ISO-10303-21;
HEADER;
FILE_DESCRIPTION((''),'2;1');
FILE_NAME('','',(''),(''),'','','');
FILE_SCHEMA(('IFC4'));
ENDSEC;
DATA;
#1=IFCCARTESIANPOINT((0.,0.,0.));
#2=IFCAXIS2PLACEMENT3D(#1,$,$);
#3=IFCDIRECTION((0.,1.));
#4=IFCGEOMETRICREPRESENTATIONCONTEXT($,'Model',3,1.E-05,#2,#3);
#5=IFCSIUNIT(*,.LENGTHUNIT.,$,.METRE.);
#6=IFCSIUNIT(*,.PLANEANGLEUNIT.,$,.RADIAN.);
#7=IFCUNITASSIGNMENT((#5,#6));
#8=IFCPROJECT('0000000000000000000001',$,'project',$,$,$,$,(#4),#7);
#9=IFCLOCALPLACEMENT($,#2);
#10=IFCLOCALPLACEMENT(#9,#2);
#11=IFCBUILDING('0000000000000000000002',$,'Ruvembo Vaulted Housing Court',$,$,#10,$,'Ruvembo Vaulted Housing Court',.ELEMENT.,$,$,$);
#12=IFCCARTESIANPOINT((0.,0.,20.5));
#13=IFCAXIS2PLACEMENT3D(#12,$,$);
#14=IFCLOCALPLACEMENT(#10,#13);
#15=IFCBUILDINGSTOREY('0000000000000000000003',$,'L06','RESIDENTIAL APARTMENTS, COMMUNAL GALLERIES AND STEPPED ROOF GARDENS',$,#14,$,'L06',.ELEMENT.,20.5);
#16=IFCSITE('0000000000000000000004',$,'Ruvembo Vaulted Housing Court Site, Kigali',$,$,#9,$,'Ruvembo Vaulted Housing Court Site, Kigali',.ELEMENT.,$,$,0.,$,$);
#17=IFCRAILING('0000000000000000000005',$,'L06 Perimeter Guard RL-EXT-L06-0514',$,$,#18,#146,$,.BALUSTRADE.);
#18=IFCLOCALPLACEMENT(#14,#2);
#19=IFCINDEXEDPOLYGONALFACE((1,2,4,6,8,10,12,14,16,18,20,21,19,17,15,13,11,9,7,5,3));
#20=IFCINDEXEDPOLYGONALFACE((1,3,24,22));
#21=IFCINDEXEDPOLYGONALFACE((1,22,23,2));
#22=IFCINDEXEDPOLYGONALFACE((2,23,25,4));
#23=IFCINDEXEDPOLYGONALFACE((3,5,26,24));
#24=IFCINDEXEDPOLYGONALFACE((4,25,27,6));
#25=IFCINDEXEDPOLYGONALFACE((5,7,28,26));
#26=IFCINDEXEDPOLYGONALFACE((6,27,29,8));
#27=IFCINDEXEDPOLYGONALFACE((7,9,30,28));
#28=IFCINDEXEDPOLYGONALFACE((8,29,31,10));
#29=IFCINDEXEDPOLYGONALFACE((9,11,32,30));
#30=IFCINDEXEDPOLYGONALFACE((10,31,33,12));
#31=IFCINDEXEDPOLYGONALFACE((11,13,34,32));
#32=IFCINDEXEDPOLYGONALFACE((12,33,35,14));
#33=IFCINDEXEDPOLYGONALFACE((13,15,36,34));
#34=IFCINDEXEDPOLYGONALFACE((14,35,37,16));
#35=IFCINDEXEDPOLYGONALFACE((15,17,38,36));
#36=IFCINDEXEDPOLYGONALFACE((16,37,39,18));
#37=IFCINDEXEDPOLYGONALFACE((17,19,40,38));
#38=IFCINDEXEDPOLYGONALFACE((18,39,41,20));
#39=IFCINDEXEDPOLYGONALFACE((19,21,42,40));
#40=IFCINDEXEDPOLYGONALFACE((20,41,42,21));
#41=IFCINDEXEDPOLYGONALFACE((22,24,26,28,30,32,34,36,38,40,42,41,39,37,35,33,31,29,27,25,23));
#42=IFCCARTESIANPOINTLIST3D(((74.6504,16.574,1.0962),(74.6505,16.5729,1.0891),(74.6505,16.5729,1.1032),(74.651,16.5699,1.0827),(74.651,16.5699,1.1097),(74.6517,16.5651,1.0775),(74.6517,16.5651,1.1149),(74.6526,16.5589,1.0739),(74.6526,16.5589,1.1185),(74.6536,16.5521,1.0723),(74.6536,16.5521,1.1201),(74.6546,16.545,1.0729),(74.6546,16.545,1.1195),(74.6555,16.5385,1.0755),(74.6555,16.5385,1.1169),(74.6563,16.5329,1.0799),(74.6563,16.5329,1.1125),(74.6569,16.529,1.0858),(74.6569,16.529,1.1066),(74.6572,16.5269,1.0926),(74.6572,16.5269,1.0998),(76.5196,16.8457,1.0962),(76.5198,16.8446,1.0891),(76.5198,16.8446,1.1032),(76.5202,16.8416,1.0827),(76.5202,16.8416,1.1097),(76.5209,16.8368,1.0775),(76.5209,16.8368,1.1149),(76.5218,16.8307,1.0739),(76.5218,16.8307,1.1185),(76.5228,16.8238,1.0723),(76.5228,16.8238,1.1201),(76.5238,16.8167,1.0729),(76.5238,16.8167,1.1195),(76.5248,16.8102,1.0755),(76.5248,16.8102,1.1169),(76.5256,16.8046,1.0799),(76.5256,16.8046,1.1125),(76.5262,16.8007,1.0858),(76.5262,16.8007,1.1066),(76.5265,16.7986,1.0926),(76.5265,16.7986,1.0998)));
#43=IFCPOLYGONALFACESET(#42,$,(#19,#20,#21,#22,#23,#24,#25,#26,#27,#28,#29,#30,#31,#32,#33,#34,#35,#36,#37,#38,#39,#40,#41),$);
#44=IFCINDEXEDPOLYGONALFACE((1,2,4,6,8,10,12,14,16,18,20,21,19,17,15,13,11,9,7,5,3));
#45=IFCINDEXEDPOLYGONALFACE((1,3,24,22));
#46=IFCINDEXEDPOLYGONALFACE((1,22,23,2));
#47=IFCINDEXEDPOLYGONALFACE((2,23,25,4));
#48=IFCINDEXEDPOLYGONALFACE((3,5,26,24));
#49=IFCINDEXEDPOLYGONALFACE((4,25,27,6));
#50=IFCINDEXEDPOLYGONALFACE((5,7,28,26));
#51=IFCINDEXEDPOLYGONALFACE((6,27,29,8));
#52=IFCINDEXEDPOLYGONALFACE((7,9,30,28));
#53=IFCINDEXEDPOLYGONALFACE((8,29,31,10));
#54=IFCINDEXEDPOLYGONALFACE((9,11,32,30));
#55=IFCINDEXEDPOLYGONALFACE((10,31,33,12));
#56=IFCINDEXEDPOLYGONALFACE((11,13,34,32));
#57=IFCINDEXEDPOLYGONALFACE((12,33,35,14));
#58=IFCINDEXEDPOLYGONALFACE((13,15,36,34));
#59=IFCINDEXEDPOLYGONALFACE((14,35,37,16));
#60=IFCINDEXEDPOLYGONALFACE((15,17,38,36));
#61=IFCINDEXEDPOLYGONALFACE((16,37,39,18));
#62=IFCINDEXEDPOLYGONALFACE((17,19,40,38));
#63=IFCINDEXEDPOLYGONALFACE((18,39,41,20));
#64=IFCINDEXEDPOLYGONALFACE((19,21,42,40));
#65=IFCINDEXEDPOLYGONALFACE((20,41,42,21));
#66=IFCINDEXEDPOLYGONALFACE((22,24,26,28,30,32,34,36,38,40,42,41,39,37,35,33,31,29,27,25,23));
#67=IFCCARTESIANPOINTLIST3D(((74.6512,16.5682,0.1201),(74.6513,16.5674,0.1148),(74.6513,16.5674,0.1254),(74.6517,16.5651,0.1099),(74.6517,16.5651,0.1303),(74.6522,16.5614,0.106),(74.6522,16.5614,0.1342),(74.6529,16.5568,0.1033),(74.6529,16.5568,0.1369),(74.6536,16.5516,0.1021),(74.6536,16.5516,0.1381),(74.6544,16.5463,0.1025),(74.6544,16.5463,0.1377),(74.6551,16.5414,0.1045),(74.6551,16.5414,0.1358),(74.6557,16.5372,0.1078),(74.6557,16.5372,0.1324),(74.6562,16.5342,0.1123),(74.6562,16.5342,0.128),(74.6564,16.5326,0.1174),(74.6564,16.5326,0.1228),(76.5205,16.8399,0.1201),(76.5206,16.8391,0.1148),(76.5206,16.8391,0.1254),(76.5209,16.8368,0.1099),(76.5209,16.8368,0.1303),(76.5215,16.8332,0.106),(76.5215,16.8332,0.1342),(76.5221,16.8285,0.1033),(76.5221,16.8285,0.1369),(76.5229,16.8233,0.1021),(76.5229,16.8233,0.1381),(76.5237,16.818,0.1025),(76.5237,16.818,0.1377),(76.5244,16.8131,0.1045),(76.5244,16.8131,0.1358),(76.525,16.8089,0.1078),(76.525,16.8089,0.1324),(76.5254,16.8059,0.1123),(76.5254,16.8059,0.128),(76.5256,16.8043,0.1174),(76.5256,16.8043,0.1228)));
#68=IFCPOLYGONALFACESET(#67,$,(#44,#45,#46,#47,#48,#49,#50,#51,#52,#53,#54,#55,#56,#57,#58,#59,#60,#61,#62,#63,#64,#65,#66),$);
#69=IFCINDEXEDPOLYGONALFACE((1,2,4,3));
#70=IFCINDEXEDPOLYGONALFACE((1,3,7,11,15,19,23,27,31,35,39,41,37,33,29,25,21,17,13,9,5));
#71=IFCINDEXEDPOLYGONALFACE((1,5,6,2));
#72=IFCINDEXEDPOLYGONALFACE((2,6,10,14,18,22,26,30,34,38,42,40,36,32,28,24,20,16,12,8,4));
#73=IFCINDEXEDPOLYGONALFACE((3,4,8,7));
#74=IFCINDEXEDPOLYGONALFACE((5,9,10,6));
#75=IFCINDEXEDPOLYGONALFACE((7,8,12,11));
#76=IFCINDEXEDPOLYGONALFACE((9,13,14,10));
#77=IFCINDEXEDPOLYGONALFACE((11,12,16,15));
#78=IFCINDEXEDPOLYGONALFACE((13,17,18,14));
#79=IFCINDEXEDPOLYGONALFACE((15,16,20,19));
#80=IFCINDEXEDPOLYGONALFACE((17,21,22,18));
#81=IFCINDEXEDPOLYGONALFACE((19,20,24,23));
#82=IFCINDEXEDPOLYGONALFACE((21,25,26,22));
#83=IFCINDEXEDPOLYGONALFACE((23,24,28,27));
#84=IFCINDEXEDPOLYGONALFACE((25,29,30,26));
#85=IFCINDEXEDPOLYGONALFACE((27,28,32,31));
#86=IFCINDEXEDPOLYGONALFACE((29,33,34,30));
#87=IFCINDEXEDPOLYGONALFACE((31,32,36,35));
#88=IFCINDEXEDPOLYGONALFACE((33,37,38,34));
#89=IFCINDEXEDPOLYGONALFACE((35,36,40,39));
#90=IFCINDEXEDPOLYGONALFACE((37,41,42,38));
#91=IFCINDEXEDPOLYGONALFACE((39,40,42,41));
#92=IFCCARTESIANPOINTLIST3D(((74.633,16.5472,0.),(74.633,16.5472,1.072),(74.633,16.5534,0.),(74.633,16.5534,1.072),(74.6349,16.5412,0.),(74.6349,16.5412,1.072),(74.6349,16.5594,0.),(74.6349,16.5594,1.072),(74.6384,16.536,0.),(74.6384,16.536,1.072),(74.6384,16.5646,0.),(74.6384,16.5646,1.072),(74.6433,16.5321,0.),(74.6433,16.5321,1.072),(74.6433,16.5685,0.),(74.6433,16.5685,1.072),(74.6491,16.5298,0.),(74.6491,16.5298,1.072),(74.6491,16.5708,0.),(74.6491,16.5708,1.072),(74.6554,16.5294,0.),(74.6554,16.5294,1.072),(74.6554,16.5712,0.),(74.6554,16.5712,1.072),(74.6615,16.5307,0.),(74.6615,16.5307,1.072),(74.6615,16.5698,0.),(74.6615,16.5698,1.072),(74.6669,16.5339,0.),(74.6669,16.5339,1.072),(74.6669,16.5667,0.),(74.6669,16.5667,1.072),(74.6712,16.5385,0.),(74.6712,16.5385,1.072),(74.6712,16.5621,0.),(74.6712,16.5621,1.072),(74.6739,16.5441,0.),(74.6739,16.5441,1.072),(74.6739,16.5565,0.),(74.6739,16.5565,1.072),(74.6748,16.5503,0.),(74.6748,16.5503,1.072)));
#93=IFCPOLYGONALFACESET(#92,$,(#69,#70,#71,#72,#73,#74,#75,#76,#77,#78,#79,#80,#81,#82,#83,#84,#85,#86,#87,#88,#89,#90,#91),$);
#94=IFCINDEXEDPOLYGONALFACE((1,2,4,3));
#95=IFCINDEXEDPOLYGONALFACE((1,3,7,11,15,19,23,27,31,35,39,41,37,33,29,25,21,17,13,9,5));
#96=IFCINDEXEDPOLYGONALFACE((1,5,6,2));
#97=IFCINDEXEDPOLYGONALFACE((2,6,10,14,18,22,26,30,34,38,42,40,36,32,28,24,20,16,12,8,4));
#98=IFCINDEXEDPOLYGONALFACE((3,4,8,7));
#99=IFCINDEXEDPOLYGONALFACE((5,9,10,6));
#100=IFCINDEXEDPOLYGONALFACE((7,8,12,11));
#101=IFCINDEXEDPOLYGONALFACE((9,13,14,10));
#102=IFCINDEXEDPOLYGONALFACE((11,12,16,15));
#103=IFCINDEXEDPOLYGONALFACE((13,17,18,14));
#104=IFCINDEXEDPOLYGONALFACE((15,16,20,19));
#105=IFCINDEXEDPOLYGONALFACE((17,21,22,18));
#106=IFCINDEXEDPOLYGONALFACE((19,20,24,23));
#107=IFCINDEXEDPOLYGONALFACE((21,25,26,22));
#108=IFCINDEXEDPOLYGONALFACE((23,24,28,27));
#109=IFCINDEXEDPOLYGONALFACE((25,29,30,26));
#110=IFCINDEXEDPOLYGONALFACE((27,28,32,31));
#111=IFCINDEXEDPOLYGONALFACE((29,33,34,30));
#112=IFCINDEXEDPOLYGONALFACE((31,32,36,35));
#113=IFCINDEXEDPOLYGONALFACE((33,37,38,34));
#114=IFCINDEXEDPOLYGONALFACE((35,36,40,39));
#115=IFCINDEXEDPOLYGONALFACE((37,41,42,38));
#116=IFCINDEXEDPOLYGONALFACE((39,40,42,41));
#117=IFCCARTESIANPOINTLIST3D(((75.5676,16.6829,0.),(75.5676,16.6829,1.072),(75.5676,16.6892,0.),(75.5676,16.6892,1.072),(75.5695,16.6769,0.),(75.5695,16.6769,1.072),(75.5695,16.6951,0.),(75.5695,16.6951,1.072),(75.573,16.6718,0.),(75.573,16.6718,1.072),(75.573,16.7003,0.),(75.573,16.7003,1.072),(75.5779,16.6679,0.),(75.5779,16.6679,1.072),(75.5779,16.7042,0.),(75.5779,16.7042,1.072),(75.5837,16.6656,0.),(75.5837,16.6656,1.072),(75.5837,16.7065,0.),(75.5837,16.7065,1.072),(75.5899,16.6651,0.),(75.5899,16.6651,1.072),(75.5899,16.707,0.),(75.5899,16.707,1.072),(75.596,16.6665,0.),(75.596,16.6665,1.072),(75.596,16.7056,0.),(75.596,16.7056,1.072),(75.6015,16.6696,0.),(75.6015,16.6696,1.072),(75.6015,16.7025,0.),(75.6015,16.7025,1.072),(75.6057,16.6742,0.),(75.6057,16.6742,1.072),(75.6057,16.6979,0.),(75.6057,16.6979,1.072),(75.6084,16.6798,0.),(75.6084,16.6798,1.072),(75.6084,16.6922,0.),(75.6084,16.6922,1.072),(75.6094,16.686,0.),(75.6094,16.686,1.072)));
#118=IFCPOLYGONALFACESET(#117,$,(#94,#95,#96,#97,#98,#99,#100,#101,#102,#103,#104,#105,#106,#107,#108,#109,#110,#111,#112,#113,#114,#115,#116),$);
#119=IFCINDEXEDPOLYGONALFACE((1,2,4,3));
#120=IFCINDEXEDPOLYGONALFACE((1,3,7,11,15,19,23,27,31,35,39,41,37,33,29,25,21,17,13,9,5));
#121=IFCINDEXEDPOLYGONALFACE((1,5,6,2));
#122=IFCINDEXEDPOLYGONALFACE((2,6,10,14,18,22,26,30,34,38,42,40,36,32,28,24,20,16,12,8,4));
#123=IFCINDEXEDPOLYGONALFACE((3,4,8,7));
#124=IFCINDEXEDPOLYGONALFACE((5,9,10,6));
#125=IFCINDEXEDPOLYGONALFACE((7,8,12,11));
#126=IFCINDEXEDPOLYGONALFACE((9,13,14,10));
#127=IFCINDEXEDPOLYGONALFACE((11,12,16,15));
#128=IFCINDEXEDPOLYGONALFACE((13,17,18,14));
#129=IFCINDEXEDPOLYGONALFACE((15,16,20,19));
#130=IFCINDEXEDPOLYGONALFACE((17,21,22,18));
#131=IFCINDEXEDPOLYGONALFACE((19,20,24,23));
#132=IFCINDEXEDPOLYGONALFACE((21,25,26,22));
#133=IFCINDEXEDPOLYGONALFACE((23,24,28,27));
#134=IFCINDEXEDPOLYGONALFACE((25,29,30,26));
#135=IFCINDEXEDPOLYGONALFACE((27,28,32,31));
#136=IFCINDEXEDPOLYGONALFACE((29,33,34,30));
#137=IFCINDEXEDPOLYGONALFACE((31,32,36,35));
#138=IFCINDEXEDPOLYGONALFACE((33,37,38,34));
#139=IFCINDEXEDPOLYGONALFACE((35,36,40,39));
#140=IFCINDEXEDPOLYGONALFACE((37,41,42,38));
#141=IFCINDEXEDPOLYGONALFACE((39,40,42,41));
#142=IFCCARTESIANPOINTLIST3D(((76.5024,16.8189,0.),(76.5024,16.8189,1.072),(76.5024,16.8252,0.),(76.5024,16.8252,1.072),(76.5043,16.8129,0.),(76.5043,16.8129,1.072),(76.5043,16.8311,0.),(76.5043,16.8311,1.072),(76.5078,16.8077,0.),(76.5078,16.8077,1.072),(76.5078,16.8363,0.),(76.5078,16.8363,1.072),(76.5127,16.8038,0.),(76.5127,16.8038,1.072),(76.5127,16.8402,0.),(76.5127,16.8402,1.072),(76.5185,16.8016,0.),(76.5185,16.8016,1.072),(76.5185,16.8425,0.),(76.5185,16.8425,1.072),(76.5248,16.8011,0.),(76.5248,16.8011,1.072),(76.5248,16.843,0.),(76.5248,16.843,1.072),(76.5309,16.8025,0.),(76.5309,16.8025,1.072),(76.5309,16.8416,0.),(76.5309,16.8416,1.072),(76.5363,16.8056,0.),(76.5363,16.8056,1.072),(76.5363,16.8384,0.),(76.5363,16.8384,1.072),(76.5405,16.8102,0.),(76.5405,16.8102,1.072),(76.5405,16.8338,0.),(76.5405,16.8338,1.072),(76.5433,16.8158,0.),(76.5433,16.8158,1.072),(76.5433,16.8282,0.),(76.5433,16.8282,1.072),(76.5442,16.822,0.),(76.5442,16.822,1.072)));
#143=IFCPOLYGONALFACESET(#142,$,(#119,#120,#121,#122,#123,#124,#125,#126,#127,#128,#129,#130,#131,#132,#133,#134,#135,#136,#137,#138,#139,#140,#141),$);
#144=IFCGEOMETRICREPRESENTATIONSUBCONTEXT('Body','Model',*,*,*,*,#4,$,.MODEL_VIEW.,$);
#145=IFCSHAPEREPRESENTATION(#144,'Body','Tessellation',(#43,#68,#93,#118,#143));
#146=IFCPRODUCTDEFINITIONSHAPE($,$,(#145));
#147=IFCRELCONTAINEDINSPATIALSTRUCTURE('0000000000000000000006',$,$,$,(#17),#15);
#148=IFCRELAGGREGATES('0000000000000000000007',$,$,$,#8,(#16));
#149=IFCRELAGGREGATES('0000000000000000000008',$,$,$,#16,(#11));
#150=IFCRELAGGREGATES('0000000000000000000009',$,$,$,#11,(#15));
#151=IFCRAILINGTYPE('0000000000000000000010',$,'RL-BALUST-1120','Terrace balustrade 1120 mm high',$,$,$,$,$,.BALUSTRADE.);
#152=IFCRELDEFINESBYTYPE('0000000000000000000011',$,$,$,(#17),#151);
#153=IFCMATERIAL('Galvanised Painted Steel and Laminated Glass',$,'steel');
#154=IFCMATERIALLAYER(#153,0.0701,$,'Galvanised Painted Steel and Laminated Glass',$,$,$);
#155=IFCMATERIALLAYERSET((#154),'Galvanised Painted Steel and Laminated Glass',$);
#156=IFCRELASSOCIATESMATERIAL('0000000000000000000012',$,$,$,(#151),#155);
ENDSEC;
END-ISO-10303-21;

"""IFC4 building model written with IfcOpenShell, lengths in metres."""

from ifc_helpers import new_model, si_unit, direction, frame, origin, origin_2d, place, context, subcontext, project, spatial, circle, extrude, material, layer, layer_set, type_object, element, save


model = new_model("IFC4")

# Units and contexts
model_context = context("Model", 3, precision=1e-05, world=origin(), true_north=direction((0.0, 1.0)))
body_context = subcontext(model_context, "Body", "Model", "MODEL_VIEW")
ifc_project = project(units=[si_unit("LENGTHUNIT", "METRE"), si_unit("PLANEANGLEUNIT", "RADIAN")], contexts=[model_context])

# Site, building, storey
site_placement = place(None, origin())
site = spatial("IfcSite", under=ifc_project, at=site_placement, Name="Ruvembo Vaulted Housing Court Site, Kigali", LongName="Ruvembo Vaulted Housing Court Site, Kigali", CompositionType="ELEMENT", RefElevation=0.0)
building_placement = place(site_placement, origin())
building = spatial("IfcBuilding", under=site, at=building_placement, Name="Ruvembo Vaulted Housing Court", LongName="Ruvembo Vaulted Housing Court", CompositionType="ELEMENT")
storey_placement = place(building_placement, frame((0.0, 0.0, 20.5)))
storey = spatial("IfcBuildingStorey", under=building, at=storey_placement, Name="L06", Description="RESIDENTIAL APARTMENTS, COMMUNAL GALLERIES AND STEPPED ROOF GARDENS", LongName="L06", CompositionType="ELEMENT", Elevation=20.5)

# Railing
ifc_material_1 = material(Name="Galvanised Painted Steel and Laminated Glass", Category="steel")
ifc_layer = layer(ifc_material_1, 0.0701, Name="Galvanised Painted Steel and Laminated Glass")
ifc_layer_set = layer_set([ifc_layer], Name="Galvanised Painted Steel and Laminated Glass")
railing_type = type_object("IfcRailingType", Name="RL-BALUST-1120", Description="Terrace balustrade 1120 mm high", PredefinedType="BALUSTRADE", material=ifc_layer_set)
railing_1_placement = place(storey_placement, frame((74.6538, 16.5503, 0.0)))
element("IfcRailing", 1, at=railing_1_placement, inside=storey, type_object=railing_type, Name="L06 Perimeter Guard RL-EXT-L06-0514", PredefinedType="BALUSTRADE", context=body_context, shape_type="SweptSolid", body=[
    extrude(circle(Radius=0.0239, at=origin_2d()), frame((0.0, 0.0, 1.0962), z_axis=(0.9896, 0.143845, 0.0), x_axis=(-0.143845, 0.9896, 0.0)), (0.0, 0.0, 1.0), 1.8889),
    extrude(circle(Radius=0.0181, at=origin_2d()), frame((0.0, 0.0, 0.1201), z_axis=(0.9896, 0.143845, 0.0), x_axis=(-0.143845, 0.9896, 0.0)), (0.0, 0.0, 1.0), 1.8889),
    extrude(circle(Radius=0.021, at=origin_2d()), origin(), (0.0, 0.0, 1.0), 1.072),
    extrude(circle(Radius=0.021, at=origin_2d()), frame((0.9346, 0.1357, 0.0)), (0.0, 0.0, 1.0), 1.072),
    extrude(circle(Radius=0.021, at=origin_2d()), frame((1.8694, 0.2717, 0.0)), (0.0, 0.0, 1.0), 1.072),
])

save(model, "model.ifc")
